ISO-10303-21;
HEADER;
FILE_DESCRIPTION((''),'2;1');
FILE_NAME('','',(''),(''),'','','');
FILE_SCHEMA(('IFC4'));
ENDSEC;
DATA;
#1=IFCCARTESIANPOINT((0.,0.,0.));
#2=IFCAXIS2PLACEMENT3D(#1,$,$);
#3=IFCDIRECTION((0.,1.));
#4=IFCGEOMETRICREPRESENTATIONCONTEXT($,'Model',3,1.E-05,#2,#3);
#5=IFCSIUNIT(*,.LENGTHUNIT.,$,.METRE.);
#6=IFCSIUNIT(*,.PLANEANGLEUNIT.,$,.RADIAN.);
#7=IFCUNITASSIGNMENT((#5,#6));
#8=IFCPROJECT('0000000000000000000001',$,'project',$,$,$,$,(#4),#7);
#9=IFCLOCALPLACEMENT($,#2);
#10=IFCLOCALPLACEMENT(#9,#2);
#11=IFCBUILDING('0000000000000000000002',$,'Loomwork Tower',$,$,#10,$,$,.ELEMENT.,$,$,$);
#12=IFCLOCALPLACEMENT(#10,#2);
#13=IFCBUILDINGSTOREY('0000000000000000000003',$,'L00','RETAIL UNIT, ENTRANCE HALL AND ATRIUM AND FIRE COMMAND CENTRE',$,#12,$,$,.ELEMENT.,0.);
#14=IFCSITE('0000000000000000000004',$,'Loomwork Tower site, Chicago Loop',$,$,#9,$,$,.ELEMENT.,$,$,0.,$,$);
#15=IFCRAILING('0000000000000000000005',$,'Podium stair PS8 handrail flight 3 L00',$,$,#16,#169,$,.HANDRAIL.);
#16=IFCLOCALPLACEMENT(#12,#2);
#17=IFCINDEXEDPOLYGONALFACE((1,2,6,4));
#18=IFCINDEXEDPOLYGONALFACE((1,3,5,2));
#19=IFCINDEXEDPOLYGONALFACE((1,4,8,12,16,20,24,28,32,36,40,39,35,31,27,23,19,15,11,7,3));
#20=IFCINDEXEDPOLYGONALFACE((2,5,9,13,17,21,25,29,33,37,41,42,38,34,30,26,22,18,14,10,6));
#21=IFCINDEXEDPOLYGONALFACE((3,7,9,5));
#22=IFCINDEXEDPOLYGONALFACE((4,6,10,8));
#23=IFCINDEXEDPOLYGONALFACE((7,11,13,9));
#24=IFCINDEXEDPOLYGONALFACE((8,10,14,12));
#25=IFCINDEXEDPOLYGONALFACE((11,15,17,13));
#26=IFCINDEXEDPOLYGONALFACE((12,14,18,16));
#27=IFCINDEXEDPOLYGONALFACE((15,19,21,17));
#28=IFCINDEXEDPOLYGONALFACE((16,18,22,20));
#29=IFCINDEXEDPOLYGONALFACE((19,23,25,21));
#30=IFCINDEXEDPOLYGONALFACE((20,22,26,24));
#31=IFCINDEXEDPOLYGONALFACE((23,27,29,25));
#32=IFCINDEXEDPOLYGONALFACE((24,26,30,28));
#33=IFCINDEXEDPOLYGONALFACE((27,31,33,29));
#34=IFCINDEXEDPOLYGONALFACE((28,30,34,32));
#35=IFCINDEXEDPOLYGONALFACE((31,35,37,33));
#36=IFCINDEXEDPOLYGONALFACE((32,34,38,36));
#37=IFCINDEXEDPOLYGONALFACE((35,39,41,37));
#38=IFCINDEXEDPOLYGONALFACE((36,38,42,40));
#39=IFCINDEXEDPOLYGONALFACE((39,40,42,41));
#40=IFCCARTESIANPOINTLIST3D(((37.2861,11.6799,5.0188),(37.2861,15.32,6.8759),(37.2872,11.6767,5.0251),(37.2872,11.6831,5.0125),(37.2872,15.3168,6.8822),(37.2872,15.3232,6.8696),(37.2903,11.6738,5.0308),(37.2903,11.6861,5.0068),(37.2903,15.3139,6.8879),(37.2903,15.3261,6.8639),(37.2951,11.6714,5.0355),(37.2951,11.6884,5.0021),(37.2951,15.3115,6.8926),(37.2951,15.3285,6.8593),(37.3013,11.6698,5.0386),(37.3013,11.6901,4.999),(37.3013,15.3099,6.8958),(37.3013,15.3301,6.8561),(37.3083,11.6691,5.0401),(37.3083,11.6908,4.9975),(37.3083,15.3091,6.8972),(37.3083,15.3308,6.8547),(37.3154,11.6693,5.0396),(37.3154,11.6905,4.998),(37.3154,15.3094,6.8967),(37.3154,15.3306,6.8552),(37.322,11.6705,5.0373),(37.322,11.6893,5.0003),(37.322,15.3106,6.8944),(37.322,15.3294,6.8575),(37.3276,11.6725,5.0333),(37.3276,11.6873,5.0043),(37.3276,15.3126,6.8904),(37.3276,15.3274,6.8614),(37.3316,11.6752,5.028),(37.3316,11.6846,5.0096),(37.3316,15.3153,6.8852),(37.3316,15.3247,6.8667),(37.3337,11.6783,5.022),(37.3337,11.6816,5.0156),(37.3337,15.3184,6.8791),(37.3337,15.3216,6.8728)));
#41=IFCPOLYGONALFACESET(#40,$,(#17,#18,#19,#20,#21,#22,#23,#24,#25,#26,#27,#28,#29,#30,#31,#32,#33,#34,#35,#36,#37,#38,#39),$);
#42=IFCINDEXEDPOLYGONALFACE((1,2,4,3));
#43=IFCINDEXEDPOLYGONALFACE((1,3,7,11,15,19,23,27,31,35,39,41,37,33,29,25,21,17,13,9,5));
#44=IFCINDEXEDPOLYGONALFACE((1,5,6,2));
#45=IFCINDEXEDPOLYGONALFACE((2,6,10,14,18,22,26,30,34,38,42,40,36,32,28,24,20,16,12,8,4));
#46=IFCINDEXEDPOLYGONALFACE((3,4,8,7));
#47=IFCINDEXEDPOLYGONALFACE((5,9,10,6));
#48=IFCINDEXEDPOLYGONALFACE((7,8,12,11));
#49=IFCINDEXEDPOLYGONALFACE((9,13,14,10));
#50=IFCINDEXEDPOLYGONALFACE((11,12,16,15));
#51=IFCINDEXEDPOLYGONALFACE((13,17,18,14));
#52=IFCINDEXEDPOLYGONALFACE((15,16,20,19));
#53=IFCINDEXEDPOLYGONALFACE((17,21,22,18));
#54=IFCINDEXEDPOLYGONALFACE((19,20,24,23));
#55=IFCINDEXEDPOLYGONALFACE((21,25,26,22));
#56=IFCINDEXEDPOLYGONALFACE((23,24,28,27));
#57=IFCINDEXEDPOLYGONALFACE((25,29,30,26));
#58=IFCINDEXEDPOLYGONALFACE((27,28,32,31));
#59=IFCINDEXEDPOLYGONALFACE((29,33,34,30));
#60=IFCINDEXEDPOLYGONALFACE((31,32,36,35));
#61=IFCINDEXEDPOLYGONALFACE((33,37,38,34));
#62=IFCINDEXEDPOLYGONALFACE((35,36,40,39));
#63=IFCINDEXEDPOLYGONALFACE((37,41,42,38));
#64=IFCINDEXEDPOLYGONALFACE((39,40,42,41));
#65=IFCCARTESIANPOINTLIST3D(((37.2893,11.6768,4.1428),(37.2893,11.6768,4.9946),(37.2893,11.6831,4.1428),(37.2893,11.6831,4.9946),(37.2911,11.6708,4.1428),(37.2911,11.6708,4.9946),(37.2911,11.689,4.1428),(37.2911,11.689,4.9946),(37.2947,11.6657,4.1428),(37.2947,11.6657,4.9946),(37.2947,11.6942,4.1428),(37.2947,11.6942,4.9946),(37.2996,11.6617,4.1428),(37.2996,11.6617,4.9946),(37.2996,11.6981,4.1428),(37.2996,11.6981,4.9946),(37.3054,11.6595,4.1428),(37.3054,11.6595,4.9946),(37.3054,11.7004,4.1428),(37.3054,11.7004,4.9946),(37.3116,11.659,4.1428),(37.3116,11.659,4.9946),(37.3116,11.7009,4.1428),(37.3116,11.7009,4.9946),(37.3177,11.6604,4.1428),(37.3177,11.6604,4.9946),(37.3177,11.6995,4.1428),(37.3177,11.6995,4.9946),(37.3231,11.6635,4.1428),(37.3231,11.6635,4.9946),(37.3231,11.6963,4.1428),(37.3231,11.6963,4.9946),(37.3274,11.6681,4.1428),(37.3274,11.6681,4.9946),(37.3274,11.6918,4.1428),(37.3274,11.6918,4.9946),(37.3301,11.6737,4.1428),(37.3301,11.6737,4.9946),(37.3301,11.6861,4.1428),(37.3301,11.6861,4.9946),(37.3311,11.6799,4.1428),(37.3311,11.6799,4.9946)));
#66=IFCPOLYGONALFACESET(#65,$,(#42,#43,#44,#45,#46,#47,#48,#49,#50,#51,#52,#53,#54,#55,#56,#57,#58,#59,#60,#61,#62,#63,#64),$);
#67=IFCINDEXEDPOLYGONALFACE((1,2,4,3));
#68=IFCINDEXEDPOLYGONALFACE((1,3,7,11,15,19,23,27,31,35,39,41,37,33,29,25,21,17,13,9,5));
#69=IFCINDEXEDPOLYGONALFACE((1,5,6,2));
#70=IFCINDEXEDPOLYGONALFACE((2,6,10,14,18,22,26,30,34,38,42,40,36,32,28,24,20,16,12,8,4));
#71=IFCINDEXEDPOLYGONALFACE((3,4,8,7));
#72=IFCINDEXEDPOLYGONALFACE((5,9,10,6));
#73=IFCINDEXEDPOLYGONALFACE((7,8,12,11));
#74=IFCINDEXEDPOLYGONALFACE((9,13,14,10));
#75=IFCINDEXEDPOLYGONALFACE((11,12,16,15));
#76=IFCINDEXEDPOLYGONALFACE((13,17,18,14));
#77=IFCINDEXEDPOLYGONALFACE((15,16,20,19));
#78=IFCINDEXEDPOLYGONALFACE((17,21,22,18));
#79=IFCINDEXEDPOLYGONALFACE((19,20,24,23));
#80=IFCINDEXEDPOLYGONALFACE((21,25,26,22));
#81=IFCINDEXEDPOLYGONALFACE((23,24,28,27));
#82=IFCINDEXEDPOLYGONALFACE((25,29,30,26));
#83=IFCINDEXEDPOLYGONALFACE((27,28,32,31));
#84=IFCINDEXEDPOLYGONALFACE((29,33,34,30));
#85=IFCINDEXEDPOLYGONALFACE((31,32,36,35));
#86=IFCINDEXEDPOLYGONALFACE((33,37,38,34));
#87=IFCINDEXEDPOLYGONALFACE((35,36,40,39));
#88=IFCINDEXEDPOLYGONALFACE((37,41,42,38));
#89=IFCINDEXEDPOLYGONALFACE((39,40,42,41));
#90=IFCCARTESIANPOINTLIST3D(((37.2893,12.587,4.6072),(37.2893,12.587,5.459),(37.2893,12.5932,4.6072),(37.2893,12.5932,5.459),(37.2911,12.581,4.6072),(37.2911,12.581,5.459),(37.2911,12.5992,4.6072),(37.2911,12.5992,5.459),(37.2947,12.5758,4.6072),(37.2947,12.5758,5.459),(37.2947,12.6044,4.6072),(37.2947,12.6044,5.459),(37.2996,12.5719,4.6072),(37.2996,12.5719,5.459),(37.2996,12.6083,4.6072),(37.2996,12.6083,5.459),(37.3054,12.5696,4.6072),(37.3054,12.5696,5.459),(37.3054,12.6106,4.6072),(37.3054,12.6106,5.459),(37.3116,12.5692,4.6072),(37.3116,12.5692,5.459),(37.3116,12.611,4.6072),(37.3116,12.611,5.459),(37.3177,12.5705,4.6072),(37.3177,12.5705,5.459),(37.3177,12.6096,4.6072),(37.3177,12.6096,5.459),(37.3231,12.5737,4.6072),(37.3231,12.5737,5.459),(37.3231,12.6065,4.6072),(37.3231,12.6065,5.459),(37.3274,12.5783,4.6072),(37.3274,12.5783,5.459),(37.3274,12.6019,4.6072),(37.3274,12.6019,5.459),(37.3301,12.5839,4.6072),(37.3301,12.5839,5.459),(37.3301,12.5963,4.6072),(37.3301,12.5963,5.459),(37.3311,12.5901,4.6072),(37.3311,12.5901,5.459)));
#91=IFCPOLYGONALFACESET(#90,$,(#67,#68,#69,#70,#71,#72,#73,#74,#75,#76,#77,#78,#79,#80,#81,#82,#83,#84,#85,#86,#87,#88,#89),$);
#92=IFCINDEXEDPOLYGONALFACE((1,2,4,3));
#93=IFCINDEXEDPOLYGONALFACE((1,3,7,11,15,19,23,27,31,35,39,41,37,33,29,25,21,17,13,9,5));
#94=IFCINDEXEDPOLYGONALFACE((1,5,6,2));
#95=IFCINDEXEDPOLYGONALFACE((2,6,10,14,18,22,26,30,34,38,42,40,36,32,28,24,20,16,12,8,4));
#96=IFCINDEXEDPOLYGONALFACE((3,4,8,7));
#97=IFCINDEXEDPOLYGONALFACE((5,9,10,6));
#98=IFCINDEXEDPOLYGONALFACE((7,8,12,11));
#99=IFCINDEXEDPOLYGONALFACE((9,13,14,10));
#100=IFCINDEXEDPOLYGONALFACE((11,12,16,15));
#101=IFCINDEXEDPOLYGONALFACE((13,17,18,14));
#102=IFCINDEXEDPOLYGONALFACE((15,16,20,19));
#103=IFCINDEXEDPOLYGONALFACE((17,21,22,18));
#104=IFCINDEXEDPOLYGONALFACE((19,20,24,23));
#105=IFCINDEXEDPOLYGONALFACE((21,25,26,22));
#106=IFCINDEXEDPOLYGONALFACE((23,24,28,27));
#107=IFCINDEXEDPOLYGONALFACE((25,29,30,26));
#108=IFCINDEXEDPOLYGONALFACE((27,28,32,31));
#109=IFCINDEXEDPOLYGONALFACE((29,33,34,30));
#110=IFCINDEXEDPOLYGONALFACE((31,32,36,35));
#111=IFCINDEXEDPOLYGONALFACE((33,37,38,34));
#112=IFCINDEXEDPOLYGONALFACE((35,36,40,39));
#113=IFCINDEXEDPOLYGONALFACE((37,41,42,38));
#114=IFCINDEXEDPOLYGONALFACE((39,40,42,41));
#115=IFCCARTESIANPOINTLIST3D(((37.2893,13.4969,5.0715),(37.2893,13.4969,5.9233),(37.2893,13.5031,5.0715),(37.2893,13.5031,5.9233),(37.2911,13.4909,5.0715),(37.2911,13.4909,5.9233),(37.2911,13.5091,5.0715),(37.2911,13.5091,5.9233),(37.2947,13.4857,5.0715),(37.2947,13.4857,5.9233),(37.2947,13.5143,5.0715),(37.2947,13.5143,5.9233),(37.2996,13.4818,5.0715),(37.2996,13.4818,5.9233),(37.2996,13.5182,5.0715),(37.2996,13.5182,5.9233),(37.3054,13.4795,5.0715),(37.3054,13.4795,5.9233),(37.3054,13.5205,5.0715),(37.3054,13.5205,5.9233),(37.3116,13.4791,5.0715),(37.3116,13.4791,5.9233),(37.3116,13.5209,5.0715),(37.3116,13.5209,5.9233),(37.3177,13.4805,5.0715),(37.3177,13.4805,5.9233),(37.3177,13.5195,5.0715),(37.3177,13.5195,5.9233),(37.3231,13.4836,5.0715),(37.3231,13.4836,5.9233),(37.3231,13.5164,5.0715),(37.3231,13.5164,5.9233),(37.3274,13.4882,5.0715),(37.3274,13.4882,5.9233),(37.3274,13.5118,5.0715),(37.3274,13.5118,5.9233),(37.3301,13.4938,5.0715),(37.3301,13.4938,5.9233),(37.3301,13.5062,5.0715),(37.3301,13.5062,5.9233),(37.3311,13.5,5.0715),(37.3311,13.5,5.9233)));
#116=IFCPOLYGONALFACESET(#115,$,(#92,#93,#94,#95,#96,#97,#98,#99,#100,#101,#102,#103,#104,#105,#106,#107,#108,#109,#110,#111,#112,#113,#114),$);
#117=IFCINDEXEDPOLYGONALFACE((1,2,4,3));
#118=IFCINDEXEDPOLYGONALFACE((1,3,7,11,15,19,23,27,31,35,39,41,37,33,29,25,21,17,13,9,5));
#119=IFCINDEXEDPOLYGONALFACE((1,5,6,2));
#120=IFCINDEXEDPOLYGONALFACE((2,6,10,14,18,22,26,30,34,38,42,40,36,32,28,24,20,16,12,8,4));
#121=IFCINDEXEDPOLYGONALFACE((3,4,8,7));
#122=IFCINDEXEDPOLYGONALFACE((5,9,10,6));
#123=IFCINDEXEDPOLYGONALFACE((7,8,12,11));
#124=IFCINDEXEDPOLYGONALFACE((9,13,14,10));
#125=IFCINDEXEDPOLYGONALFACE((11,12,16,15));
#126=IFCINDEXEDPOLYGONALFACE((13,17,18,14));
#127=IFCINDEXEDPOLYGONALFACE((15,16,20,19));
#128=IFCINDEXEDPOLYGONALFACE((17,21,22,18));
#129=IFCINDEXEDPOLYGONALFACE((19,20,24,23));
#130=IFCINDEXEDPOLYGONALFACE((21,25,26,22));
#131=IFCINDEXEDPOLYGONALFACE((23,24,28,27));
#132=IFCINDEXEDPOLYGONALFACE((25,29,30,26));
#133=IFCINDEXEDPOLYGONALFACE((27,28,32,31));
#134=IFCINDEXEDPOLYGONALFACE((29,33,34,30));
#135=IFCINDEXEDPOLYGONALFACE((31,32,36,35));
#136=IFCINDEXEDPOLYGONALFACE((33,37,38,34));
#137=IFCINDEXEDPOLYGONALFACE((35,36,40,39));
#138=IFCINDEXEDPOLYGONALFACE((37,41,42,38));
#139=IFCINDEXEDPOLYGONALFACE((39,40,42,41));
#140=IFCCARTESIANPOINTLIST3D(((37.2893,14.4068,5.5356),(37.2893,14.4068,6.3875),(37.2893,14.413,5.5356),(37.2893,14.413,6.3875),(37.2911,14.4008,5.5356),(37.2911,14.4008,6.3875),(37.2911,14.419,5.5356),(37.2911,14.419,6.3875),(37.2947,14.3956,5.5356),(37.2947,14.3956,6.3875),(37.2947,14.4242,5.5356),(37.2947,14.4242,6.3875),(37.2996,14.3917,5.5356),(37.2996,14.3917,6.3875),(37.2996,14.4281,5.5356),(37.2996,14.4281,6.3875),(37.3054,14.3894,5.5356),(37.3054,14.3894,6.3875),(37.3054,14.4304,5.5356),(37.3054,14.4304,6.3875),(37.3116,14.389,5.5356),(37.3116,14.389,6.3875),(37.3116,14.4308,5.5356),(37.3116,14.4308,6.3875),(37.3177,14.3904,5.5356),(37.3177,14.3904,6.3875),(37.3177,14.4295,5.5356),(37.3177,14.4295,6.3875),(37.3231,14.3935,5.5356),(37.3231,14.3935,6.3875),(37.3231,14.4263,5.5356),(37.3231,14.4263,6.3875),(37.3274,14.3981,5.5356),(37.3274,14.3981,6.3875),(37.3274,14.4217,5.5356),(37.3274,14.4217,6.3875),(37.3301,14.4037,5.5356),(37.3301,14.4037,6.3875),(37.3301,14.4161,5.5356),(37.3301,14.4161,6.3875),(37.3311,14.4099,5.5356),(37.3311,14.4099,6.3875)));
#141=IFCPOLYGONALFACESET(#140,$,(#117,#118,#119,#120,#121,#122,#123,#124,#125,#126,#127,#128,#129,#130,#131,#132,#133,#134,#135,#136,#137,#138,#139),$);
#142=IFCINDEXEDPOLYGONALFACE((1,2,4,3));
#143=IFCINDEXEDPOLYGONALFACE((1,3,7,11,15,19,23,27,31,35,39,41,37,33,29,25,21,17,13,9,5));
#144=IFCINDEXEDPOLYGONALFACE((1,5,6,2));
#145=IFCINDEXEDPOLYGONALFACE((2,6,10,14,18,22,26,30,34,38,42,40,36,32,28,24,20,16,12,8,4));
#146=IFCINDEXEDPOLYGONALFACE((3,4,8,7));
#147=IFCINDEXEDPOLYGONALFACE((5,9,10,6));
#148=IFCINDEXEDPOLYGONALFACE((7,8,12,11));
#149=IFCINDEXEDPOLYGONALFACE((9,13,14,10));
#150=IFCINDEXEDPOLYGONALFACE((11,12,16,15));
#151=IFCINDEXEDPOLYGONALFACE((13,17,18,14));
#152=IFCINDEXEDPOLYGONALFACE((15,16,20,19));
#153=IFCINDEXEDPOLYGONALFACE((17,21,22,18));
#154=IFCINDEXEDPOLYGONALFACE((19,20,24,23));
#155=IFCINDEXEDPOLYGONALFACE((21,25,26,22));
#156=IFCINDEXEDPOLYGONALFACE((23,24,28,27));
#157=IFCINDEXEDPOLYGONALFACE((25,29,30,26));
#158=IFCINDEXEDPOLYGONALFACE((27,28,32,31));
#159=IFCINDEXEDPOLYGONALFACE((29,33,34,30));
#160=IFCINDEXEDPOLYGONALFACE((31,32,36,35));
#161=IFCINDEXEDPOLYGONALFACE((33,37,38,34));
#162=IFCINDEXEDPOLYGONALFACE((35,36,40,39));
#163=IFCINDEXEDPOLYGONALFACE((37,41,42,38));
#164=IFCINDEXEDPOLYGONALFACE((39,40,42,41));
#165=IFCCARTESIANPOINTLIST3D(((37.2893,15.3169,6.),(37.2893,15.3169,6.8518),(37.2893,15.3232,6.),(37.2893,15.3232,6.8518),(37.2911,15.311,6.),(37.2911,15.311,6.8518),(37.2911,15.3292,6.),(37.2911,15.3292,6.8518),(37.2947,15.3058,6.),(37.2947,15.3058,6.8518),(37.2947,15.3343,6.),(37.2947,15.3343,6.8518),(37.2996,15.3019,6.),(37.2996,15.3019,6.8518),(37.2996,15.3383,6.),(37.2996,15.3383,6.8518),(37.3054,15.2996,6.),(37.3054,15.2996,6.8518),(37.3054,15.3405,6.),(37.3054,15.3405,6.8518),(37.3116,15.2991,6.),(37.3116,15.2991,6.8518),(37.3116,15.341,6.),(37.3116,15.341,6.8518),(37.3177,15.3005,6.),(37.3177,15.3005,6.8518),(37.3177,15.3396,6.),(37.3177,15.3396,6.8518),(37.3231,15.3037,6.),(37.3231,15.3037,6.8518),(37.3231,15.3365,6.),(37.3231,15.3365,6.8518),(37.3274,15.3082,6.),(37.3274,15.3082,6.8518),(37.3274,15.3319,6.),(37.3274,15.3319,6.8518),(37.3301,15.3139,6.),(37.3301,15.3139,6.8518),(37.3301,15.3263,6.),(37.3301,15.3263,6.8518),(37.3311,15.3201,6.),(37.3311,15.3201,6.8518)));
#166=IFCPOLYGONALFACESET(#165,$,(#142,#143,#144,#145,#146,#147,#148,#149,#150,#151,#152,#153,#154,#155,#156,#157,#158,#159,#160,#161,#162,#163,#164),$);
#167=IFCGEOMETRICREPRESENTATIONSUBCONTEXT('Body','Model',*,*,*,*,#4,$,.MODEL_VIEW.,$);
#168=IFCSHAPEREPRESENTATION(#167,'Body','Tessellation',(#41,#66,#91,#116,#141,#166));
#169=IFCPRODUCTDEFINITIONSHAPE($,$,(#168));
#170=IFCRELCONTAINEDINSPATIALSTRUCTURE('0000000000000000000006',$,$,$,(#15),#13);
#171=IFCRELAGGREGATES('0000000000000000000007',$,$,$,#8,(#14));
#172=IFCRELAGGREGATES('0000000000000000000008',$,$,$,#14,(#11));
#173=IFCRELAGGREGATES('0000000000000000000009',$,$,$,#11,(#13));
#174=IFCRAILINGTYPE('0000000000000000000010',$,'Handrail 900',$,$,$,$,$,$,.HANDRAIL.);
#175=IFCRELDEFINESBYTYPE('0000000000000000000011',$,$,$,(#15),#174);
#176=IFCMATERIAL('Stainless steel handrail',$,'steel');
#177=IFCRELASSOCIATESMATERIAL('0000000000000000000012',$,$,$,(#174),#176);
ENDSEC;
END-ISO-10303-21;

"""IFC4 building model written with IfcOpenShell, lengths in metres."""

from ifc_helpers import new_model, si_unit, direction, frame, origin, origin_2d, place, context, subcontext, project, spatial, circle, extrude, material, type_object, element, save


model = new_model("IFC4")

# Units and contexts
model_context = context("Model", 3, precision=1e-05, world=origin(), true_north=direction((0.0, 1.0)))
body_context = subcontext(model_context, "Body", "Model", "MODEL_VIEW")
ifc_project = project(units=[si_unit("LENGTHUNIT", "METRE"), si_unit("PLANEANGLEUNIT", "RADIAN")], contexts=[model_context])

# Site, building, storey
site_placement = place(None, origin())
site = spatial("IfcSite", under=ifc_project, at=site_placement, Name="Loomwork Tower site, Chicago Loop", CompositionType="ELEMENT", RefElevation=0.0)
building_placement = place(site_placement, origin())
building = spatial("IfcBuilding", under=site, at=building_placement, Name="Loomwork Tower", CompositionType="ELEMENT")
storey_placement = place(building_placement, origin())
storey = spatial("IfcBuildingStorey", under=building, at=storey_placement, Name="L00", Description="RETAIL UNIT, ENTRANCE HALL AND ATRIUM AND FIRE COMMAND CENTRE", CompositionType="ELEMENT", Elevation=0.0)

# Railing
ifc_material_1 = material(Name="Stainless steel handrail", Category="steel")
railing_type = type_object("IfcRailingType", Name="Handrail 900", PredefinedType="HANDRAIL", material=ifc_material_1)
for number, where, name in (
    (1, (37.3101, 11.6799, 4.1428), "Podium stair PS8 handrail flight 3 L00"),
):
    element("IfcRailing", number, at=place(storey_placement, frame(where)), inside=storey, type_object=railing_type, Name=name, PredefinedType="HANDRAIL", context=body_context, shape_type="SweptSolid", body=[
        extrude(circle(Radius=0.0239, at=origin_2d()), frame((0.0, 0.0, 0.876), z_axis=(0.0, 0.890765, 0.454464), x_axis=(-1.0, 0.0, 0.0)), (0.0, 0.0, 1.0), 4.0864),
        extrude(circle(Radius=0.021, at=origin_2d()), origin(), (0.0, 0.0, 1.0), 0.8518),
        extrude(circle(Radius=0.021, at=origin_2d()), frame((0.0, 0.9102, 0.4644)), (0.0, 0.0, 1.0), 0.8518),
        extrude(circle(Radius=0.021, at=origin_2d()), frame((0.0, 1.8201, 0.9287)), (0.0, 0.0, 1.0), 0.8518),
        extrude(circle(Radius=0.021, at=origin_2d()), frame((0.0, 2.73, 1.3928)), (0.0, 0.0, 1.0), 0.8518),
        extrude(circle(Radius=0.021, at=origin_2d()), frame((0.0, 3.6401, 1.8572)), (0.0, 0.0, 1.0), 0.8518),
    ])

save(model, "model.ifc")
